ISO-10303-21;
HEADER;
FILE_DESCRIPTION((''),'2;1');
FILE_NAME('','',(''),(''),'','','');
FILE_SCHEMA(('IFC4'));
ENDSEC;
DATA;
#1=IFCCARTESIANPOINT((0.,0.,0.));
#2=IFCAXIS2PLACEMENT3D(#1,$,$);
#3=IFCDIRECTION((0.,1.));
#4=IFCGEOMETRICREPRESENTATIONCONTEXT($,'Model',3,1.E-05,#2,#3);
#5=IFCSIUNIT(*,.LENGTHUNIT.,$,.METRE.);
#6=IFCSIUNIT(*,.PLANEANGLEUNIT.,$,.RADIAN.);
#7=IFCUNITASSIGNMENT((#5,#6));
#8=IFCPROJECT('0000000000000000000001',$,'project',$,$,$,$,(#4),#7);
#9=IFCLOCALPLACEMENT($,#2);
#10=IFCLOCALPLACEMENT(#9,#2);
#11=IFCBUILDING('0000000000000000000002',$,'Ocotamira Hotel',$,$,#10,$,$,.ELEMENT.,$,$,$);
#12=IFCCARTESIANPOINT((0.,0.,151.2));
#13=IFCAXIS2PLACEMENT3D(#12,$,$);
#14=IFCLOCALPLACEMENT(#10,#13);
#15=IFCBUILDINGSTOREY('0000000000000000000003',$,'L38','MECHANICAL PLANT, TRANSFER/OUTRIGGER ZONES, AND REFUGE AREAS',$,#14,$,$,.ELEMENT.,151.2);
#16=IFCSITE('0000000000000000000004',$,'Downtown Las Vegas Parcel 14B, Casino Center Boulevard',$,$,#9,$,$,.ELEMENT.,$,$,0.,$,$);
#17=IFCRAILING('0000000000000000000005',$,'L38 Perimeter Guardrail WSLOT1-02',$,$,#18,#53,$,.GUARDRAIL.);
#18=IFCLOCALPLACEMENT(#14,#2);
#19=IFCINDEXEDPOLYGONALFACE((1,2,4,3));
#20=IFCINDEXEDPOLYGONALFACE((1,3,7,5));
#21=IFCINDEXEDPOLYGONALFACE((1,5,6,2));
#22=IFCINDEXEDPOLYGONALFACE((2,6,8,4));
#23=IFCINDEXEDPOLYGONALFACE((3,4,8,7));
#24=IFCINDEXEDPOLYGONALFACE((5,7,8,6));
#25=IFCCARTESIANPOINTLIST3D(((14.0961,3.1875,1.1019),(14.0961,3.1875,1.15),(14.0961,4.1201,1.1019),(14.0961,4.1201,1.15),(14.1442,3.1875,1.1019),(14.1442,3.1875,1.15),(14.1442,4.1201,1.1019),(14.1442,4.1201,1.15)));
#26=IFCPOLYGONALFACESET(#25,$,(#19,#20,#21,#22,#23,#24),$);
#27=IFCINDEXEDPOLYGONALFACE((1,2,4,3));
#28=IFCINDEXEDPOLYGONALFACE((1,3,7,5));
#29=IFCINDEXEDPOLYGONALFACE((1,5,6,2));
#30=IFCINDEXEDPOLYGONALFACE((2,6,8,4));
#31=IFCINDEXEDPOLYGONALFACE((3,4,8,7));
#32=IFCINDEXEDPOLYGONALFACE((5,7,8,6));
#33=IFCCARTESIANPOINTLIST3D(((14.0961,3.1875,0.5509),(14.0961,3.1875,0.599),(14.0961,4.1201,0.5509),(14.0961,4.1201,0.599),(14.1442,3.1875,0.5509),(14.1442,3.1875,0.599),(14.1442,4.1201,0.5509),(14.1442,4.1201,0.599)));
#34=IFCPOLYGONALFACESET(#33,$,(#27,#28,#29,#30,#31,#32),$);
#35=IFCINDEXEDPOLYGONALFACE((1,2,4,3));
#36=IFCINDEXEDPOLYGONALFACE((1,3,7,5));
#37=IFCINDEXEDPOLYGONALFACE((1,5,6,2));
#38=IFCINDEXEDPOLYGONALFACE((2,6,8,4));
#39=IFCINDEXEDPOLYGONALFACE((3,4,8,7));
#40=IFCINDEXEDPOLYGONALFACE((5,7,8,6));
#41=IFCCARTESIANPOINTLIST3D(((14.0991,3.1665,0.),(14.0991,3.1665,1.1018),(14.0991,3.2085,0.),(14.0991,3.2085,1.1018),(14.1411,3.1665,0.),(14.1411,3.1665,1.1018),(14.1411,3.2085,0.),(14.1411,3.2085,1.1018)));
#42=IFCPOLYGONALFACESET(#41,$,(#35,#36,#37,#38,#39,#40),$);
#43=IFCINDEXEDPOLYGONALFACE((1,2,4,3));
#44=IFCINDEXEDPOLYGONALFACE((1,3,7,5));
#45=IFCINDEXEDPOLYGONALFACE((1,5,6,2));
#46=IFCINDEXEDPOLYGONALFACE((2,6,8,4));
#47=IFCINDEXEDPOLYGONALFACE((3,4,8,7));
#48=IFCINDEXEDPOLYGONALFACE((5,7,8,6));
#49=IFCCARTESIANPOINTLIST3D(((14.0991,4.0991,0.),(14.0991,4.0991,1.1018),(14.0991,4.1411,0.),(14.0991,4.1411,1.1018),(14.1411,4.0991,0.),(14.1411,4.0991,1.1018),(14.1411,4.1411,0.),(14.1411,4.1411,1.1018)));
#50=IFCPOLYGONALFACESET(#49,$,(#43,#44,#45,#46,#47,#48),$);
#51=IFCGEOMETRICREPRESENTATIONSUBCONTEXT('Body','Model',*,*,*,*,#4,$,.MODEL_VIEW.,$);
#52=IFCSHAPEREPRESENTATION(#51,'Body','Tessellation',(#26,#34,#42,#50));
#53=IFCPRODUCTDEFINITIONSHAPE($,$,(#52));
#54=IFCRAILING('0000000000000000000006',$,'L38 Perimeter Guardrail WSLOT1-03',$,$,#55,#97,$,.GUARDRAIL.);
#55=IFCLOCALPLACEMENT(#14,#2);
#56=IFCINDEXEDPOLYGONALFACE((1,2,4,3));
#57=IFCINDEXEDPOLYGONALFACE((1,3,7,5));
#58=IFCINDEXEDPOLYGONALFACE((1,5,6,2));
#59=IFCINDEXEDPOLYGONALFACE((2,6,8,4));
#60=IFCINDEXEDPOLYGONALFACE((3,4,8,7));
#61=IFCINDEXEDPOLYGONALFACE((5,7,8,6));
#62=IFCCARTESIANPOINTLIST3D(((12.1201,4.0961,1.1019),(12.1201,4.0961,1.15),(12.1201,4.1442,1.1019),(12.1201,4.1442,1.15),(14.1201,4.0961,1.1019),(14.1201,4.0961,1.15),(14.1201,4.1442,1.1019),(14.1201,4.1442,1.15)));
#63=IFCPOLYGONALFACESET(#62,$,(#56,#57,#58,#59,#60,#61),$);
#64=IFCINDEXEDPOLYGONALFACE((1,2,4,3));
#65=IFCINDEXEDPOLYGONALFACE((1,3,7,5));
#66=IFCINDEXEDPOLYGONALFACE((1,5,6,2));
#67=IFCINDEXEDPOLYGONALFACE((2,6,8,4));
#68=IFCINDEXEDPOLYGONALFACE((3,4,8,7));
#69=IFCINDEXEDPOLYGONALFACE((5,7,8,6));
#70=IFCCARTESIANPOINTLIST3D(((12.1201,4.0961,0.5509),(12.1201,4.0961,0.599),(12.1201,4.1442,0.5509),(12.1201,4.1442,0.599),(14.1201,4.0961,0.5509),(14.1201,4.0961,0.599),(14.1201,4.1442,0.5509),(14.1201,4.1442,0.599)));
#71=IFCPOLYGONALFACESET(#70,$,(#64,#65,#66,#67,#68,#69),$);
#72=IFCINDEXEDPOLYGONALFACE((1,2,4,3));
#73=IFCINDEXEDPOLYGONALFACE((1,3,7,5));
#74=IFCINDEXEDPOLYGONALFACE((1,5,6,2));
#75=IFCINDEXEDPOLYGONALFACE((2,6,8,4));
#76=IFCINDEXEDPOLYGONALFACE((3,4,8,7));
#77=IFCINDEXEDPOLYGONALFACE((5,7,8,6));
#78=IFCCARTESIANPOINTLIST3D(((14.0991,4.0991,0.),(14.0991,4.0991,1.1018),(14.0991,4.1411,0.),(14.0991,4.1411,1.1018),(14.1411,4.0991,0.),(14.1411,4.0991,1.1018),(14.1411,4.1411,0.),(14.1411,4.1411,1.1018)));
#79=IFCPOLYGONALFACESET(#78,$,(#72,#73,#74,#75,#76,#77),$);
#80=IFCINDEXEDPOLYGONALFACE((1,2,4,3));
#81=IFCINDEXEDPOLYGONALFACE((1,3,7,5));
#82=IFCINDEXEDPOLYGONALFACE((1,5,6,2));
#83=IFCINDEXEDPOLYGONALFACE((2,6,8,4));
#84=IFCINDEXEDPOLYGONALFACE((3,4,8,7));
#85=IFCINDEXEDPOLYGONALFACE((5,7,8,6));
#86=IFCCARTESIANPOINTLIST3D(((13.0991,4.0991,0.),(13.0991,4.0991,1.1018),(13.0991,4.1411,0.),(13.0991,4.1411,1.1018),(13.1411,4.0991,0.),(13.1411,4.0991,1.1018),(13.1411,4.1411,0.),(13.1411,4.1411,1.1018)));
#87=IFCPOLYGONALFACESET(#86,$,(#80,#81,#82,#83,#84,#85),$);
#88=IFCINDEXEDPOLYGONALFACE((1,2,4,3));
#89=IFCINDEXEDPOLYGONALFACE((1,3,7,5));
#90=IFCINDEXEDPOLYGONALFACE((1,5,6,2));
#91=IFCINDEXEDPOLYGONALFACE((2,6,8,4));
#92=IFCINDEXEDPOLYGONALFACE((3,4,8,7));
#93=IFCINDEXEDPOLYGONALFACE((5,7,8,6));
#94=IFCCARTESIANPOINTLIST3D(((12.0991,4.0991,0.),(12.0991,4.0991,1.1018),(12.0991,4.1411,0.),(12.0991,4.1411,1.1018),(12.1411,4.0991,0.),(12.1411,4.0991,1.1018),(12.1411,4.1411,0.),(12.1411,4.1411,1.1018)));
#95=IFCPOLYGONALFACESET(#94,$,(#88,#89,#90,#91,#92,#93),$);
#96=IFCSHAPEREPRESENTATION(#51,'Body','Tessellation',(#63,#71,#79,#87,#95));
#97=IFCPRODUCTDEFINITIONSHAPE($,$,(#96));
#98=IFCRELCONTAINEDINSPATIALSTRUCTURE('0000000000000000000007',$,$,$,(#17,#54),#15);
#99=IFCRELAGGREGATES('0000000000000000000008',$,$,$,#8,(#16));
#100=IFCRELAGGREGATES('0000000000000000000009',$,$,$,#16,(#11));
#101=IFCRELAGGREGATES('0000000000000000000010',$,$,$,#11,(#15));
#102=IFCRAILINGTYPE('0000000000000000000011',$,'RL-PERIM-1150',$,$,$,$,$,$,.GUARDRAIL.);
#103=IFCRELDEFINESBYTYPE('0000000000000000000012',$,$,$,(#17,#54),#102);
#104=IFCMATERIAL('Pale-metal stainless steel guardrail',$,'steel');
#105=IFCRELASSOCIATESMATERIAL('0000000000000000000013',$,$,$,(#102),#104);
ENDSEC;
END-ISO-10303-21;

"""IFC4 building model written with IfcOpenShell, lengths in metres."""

from ifc_helpers import new_model, si_unit, direction, frame, origin, origin_2d, place, context, subcontext, project, spatial, rectangle, extrude, material, type_object, element, save


model = new_model("IFC4")

# Units and contexts
model_context = context("Model", 3, precision=1e-05, world=origin(), true_north=direction((0.0, 1.0)))
body_context = subcontext(model_context, "Body", "Model", "MODEL_VIEW")
ifc_project = project(units=[si_unit("LENGTHUNIT", "METRE"), si_unit("PLANEANGLEUNIT", "RADIAN")], contexts=[model_context])

# Site, building, storey
site_placement = place(None, origin())
site = spatial("IfcSite", under=ifc_project, at=site_placement, Name="Downtown Las Vegas Parcel 14B, Casino Center Boulevard", CompositionType="ELEMENT", RefElevation=0.0)
building_placement = place(site_placement, origin())
building = spatial("IfcBuilding", under=site, at=building_placement, Name="Ocotamira Hotel", CompositionType="ELEMENT")
storey_placement = place(building_placement, frame((0.0, 0.0, 151.2)))
storey = spatial("IfcBuildingStorey", under=building, at=storey_placement, Name="L38", Description="MECHANICAL PLANT, TRANSFER/OUTRIGGER ZONES, AND REFUGE AREAS", CompositionType="ELEMENT", Elevation=151.2)

# Railings
ifc_material_1 = material(Name="Pale-metal stainless steel guardrail", Category="steel")
railing_type = type_object("IfcRailingType", Name="RL-PERIM-1150", PredefinedType="GUARDRAIL", material=ifc_material_1)
railing_1_placement = place(storey_placement, frame((14.1201, 3.1875, 0.0)))
element("IfcRailing", 1, at=railing_1_placement, inside=storey, type_object=railing_type, Name="L38 Perimeter Guardrail WSLOT1-02", PredefinedType="GUARDRAIL", context=body_context, shape_type="SweptSolid", body=[
    extrude(rectangle(XDim=0.0481, YDim=0.0481, at=origin_2d()), frame((0.0, 0.0, 1.126), z_axis=(0.0, 1.0, 0.0), x_axis=(-1.0, 0.0, 0.0)), (0.0, 0.0, 1.0), 0.9326),
    extrude(rectangle(XDim=0.0481, YDim=0.0481, at=origin_2d()), frame((0.0, 0.0, 0.575), z_axis=(0.0, 1.0, 0.0), x_axis=(-1.0, 0.0, 0.0)), (0.0, 0.0, 1.0), 0.9326),
    extrude(rectangle(XDim=0.042, YDim=0.042, at=origin_2d()), origin(), (0.0, 0.0, 1.0), 1.1018),
    extrude(rectangle(XDim=0.042, YDim=0.042, at=origin_2d()), frame((0.0, 0.9326, 0.0)), (0.0, 0.0, 1.0), 1.1018),
])
railing_2_placement = place(storey_placement, frame((14.1201, 4.1201, 0.0)))
element("IfcRailing", 2, at=railing_2_placement, inside=storey, type_object=railing_type, Name="L38 Perimeter Guardrail WSLOT1-03", PredefinedType="GUARDRAIL", context=body_context, shape_type="SweptSolid", body=[
    extrude(rectangle(XDim=0.0481, YDim=0.0481, at=origin_2d()), frame((0.0, 0.0, 1.126), z_axis=(-1.0, 0.0, 0.0), x_axis=(0.0, -1.0, 0.0)), (0.0, 0.0, 1.0), 2.0),
    extrude(rectangle(XDim=0.0481, YDim=0.0481, at=origin_2d()), frame((0.0, 0.0, 0.575), z_axis=(-1.0, 0.0, 0.0), x_axis=(0.0, -1.0, 0.0)), (0.0, 0.0, 1.0), 2.0),
    extrude(rectangle(XDim=0.042, YDim=0.042, at=origin_2d()), origin(), (0.0, 0.0, 1.0), 1.1018),
    extrude(rectangle(XDim=0.042, YDim=0.042, at=origin_2d()), frame((-1.0, 0.0, 0.0)), (0.0, 0.0, 1.0), 1.1018),
    extrude(rectangle(XDim=0.042, YDim=0.042, at=origin_2d()), frame((-2.0, 0.0, 0.0)), (0.0, 0.0, 1.0), 1.1018),
])

save(model, "model.ifc")
